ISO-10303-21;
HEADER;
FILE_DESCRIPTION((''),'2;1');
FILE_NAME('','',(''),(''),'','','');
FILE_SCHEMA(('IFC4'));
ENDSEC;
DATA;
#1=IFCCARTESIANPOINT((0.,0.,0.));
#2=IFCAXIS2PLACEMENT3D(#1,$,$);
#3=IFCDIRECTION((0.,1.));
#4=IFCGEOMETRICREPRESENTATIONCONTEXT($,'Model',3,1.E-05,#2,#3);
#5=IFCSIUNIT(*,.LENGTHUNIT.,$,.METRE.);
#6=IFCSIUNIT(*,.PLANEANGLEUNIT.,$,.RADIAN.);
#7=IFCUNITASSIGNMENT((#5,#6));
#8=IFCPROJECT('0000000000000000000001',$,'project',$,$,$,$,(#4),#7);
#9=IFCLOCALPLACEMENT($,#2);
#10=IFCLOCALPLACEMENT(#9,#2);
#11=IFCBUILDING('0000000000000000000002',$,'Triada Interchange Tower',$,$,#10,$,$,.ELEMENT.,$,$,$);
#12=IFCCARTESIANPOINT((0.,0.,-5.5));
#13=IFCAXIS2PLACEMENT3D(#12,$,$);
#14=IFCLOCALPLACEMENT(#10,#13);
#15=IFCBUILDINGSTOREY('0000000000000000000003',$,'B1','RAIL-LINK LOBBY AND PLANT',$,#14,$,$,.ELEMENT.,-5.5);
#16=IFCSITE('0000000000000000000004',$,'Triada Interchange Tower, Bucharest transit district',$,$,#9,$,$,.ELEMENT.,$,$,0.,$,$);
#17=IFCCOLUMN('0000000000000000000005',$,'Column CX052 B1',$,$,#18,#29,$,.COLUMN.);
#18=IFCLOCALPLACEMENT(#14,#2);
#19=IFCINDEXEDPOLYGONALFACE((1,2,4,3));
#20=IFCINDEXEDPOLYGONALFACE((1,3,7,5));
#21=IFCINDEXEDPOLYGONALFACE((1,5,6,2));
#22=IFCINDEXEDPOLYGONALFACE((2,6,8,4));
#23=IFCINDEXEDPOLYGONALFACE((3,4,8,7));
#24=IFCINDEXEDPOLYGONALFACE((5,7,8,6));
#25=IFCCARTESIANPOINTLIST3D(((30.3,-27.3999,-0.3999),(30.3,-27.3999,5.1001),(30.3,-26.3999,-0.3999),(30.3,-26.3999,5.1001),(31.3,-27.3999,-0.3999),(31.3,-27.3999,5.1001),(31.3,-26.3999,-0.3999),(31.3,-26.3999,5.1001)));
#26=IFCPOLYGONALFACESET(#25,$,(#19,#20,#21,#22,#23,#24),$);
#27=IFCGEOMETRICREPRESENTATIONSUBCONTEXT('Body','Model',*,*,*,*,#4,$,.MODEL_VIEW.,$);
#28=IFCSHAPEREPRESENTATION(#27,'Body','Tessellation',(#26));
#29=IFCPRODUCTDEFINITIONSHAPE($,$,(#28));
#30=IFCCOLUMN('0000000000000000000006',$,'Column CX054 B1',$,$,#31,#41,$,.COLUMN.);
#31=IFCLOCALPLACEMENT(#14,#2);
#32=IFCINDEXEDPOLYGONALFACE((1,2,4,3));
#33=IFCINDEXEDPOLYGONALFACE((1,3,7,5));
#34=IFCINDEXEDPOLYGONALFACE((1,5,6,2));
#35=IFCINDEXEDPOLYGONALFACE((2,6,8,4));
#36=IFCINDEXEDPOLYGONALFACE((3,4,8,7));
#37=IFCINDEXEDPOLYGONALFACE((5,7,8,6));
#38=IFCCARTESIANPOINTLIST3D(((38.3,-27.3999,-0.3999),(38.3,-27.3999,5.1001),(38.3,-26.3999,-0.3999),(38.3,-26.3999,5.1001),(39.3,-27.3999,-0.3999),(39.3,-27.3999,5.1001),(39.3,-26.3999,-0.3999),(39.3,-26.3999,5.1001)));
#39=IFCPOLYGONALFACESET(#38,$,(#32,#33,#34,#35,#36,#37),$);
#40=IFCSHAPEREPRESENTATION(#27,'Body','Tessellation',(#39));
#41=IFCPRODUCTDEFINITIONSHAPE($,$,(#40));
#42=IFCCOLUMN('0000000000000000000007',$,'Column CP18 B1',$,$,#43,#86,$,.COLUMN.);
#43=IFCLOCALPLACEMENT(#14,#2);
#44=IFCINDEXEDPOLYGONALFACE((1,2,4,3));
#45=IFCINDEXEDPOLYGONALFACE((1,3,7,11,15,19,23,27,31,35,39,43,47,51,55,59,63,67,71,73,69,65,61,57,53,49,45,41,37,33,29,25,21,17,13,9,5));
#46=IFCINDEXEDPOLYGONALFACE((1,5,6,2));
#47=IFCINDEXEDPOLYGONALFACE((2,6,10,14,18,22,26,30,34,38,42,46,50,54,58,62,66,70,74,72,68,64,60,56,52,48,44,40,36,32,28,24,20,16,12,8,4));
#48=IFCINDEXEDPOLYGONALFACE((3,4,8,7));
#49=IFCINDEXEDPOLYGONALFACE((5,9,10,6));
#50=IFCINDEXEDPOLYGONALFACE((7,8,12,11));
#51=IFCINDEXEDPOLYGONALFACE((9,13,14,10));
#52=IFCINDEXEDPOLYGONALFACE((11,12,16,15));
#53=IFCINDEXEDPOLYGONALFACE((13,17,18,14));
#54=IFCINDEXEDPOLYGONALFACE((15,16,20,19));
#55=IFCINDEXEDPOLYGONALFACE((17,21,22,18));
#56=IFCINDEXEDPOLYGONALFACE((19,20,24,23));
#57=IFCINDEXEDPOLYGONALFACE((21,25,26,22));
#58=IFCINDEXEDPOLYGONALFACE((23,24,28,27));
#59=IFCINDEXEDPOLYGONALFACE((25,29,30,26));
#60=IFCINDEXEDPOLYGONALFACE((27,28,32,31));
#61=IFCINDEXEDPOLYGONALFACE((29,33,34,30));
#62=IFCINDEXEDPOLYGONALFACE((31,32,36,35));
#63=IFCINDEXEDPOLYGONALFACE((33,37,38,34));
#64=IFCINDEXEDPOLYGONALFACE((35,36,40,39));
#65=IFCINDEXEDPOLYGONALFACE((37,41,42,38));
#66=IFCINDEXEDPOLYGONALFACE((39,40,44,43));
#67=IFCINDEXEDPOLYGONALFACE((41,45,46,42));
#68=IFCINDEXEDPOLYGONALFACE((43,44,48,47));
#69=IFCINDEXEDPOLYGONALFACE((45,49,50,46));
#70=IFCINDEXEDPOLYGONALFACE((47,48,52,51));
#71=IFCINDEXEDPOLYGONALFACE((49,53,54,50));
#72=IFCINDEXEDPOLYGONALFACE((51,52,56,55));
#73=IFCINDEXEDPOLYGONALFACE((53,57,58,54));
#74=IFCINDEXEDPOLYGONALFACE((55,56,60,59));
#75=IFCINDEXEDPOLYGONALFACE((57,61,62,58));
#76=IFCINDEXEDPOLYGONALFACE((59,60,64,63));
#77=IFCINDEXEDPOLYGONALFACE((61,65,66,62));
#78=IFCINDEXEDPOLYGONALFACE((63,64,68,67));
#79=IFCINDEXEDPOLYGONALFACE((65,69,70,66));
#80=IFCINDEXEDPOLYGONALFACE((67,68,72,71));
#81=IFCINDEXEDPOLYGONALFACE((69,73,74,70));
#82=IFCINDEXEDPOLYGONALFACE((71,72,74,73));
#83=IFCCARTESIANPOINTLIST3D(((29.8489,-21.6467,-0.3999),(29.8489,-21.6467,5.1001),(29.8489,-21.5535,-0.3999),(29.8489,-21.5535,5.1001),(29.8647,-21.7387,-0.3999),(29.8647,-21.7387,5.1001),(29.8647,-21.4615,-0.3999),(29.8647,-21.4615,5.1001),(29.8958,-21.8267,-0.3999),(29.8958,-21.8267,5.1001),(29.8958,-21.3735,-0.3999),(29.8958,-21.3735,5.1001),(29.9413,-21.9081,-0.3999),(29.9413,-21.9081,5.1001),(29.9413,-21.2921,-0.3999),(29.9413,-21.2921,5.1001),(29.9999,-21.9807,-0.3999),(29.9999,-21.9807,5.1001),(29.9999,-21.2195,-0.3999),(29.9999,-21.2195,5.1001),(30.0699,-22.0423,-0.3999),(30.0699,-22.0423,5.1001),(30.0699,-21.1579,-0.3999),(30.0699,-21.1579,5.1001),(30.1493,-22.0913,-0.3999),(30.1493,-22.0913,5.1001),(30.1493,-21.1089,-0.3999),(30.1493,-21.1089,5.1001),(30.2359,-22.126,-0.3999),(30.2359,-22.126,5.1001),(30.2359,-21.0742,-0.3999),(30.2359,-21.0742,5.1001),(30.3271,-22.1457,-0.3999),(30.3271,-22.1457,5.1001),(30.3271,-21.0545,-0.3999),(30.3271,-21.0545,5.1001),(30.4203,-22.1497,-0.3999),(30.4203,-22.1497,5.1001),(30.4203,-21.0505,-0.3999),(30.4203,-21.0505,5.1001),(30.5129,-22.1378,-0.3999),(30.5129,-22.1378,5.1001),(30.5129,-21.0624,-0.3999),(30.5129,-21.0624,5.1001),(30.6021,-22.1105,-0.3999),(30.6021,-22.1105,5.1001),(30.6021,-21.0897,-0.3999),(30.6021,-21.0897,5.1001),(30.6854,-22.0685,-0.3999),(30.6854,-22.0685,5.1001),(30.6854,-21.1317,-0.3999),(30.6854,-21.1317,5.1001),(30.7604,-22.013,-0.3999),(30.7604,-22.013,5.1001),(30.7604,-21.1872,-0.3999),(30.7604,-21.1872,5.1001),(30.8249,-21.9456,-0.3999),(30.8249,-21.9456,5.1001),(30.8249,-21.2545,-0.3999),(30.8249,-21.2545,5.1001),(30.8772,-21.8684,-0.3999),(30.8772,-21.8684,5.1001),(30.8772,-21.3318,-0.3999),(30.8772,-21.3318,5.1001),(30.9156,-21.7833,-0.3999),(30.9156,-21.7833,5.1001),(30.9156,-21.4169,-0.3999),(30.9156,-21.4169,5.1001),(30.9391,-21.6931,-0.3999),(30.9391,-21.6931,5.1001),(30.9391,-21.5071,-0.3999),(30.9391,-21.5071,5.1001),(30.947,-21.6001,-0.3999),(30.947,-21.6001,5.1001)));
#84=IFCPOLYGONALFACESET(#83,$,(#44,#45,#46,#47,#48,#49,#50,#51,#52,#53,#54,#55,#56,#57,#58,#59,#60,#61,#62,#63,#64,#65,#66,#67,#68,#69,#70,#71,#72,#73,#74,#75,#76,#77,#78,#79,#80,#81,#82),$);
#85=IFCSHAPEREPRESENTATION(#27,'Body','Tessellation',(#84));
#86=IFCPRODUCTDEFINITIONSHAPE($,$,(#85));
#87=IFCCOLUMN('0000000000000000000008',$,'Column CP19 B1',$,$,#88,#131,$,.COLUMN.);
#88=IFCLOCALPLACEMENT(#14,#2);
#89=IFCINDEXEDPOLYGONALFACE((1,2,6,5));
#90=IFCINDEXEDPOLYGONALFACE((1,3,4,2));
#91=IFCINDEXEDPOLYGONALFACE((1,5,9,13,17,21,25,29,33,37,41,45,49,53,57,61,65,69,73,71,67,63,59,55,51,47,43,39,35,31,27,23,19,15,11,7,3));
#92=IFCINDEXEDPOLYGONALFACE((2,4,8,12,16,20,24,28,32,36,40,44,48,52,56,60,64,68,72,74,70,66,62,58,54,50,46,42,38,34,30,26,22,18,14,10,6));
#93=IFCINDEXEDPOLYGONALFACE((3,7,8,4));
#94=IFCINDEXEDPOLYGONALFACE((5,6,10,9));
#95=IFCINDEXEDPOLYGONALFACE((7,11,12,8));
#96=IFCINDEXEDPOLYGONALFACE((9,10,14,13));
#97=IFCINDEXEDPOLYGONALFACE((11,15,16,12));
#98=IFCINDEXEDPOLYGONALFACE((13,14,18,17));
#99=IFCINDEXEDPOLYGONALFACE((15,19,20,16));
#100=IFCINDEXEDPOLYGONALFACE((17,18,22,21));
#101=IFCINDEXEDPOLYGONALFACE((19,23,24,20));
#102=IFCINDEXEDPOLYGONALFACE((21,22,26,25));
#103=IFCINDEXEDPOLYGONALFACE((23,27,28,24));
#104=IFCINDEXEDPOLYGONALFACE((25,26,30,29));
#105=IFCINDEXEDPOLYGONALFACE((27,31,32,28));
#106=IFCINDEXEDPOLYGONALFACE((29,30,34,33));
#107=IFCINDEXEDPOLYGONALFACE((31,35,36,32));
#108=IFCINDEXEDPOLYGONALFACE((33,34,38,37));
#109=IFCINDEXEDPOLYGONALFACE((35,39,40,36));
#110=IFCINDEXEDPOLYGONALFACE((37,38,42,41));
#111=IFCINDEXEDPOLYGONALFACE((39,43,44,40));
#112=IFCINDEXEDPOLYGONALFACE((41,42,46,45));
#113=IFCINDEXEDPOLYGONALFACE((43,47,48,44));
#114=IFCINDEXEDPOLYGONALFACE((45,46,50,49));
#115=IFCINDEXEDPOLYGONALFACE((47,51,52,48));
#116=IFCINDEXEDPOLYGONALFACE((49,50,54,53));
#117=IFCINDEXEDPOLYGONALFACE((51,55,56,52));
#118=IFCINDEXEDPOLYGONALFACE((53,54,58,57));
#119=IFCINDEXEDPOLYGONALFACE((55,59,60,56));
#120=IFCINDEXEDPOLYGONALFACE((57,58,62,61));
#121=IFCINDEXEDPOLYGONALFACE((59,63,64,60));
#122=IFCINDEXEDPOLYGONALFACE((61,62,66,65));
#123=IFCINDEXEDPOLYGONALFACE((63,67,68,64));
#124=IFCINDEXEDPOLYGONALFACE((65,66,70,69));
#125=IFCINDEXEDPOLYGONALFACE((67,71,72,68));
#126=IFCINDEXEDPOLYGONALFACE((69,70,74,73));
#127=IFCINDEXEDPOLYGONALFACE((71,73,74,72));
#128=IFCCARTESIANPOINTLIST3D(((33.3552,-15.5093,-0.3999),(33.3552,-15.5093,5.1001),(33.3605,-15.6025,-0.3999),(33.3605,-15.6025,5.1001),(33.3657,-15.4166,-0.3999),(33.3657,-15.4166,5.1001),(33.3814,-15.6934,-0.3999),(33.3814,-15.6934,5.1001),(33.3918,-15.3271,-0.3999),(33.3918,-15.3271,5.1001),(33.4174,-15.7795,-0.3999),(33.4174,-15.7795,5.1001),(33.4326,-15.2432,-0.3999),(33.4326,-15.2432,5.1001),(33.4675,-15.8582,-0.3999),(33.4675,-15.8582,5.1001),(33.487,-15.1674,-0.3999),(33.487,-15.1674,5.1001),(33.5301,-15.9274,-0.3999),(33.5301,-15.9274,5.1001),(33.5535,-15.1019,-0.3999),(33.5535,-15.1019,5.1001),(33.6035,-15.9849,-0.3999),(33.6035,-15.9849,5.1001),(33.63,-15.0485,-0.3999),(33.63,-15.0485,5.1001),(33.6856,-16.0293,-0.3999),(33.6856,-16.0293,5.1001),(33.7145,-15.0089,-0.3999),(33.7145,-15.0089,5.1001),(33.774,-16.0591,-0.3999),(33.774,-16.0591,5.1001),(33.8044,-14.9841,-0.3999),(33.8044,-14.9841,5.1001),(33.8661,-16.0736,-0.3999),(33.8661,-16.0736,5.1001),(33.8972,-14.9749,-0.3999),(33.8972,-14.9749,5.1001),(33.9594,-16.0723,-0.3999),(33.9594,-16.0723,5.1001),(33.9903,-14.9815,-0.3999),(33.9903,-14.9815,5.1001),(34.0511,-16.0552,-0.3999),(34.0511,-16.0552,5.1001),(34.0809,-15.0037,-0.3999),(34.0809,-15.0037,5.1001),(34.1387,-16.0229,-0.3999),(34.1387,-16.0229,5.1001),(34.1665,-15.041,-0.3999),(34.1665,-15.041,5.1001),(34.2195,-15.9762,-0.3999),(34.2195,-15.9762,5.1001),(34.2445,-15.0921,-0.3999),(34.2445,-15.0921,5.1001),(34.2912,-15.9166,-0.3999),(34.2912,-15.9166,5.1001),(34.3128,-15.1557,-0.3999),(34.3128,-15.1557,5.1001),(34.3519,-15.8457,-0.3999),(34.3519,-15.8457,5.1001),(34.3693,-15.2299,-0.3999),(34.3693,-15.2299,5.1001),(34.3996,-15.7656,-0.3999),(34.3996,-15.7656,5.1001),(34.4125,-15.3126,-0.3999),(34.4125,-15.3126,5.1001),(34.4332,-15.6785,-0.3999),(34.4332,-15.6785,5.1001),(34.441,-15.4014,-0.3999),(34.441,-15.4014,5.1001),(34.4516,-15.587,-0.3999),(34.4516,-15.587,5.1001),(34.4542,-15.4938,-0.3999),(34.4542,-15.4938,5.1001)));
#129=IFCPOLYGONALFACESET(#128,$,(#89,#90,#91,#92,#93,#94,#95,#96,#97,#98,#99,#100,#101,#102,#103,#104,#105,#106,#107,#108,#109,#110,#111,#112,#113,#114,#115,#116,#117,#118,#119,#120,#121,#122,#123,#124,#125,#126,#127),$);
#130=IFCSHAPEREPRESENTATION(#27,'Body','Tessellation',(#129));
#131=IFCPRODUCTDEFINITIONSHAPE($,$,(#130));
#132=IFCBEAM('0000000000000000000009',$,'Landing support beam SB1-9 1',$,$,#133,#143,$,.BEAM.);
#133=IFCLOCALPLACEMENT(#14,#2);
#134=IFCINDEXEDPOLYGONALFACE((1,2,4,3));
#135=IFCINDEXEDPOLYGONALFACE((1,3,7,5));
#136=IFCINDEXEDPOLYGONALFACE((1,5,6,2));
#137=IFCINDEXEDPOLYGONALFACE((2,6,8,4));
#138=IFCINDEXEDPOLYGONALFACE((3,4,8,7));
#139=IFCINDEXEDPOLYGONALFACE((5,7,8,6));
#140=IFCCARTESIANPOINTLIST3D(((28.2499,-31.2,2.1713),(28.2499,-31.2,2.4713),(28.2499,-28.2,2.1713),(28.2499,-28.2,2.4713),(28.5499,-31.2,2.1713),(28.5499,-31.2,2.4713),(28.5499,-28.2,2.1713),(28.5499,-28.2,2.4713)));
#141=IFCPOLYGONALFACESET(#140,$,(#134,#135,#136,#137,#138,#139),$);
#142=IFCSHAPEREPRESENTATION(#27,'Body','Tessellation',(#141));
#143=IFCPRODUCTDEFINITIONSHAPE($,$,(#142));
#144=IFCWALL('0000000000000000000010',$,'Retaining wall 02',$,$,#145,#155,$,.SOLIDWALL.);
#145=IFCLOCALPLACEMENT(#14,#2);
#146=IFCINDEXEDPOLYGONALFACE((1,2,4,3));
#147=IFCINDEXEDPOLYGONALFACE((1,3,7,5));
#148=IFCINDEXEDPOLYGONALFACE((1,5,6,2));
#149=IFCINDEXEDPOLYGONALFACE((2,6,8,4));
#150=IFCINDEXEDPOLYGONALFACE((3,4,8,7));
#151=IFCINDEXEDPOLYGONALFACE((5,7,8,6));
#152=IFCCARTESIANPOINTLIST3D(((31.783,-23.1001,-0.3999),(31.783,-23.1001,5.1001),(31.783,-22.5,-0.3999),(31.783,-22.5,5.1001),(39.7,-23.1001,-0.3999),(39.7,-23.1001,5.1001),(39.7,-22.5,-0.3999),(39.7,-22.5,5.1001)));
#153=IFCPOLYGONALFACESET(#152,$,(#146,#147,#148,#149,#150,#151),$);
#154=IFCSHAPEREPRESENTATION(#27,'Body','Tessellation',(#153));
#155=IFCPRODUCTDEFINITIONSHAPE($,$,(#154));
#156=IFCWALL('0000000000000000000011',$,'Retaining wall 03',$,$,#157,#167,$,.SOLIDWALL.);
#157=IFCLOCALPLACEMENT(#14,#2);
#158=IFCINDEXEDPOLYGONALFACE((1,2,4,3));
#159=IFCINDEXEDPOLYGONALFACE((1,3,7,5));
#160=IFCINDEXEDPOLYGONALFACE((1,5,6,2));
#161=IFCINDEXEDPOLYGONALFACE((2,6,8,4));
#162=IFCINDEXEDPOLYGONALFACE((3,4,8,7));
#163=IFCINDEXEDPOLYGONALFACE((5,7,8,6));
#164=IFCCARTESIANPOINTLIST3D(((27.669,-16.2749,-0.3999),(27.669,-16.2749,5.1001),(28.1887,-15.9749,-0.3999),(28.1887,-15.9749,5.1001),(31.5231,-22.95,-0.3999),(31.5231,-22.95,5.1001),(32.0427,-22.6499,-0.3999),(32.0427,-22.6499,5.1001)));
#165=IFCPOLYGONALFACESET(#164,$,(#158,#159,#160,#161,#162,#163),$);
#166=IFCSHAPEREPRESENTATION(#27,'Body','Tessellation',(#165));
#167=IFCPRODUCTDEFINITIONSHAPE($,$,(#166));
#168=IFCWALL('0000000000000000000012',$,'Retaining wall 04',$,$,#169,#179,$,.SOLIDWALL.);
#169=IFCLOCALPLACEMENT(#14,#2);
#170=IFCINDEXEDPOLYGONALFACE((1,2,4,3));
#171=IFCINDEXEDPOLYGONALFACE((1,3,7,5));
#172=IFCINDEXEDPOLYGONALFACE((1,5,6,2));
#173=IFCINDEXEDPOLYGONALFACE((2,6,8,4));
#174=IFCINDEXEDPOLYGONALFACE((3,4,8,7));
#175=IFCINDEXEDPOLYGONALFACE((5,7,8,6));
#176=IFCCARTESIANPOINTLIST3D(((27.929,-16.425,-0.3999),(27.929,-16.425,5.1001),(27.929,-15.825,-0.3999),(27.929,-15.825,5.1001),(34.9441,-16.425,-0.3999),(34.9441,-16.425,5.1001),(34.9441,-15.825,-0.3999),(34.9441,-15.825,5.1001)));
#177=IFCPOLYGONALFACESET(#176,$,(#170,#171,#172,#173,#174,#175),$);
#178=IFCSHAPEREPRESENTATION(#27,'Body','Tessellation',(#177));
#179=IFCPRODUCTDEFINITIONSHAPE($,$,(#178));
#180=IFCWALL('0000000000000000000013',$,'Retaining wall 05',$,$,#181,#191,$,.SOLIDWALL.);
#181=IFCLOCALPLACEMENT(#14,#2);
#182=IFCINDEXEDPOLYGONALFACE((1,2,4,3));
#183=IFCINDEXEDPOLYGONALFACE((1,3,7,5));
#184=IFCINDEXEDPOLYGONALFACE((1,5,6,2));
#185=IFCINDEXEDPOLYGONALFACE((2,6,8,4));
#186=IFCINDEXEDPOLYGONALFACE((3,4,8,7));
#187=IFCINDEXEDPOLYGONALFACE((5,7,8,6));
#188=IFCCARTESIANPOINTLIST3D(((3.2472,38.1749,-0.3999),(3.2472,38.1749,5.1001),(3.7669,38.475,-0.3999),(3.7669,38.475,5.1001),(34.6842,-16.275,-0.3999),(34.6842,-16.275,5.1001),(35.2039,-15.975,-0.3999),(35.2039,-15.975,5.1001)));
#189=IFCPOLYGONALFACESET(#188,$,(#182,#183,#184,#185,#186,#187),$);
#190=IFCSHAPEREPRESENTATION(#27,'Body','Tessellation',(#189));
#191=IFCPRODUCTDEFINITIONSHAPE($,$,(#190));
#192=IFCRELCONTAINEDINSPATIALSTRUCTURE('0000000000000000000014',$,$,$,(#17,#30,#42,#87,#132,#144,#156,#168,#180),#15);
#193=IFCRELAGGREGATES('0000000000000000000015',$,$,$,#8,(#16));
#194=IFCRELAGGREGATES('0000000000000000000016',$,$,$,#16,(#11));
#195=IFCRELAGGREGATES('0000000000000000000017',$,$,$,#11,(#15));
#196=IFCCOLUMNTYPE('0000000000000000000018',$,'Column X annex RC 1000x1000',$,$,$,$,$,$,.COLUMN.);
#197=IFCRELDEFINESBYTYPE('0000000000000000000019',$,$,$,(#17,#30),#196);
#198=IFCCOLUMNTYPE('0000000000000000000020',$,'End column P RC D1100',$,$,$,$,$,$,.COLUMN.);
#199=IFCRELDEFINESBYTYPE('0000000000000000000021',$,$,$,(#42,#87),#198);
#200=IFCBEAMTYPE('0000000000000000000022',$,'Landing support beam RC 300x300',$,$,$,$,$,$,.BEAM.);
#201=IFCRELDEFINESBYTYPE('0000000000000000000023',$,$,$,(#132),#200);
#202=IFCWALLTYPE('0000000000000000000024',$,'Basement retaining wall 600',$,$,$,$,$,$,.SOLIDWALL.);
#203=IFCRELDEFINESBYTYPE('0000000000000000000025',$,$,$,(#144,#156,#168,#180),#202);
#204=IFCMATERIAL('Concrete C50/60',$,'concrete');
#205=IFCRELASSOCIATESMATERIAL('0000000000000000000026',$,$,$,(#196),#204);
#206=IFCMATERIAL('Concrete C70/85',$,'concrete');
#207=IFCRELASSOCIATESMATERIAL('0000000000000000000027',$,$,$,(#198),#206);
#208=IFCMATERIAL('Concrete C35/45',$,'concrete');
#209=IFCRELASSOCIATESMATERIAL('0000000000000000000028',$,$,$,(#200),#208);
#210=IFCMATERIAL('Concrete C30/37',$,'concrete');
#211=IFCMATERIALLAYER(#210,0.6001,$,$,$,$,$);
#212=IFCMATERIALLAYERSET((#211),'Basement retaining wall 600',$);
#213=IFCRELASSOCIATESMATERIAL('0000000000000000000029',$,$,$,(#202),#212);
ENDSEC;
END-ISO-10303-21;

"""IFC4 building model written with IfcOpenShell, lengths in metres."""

from ifc_helpers import new_model, si_unit, direction, frame, frame_2d, origin, origin_2d, place, context, subcontext, project, spatial, rectangle, circle, extrude, material, layer, layer_set, material_profile, profile_set, type_object, element, save


model = new_model("IFC4")

# Units and contexts
model_context = context("Model", 3, precision=1e-05, world=origin(), true_north=direction((0.0, 1.0)))
body_context = subcontext(model_context, "Body", "Model", "MODEL_VIEW")
ifc_project = project(units=[si_unit("LENGTHUNIT", "METRE"), si_unit("PLANEANGLEUNIT", "RADIAN")], contexts=[model_context])

# Site, building, storey
site_placement = place(None, origin())
site = spatial("IfcSite", under=ifc_project, at=site_placement, Name="Triada Interchange Tower, Bucharest transit district", CompositionType="ELEMENT", RefElevation=0.0)
building_placement = place(site_placement, origin())
building = spatial("IfcBuilding", under=site, at=building_placement, Name="Triada Interchange Tower", CompositionType="ELEMENT")
storey_placement = place(building_placement, frame((0.0, 0.0, -5.5)))
storey = spatial("IfcBuildingStorey", under=building, at=storey_placement, Name="B1", Description="RAIL-LINK LOBBY AND PLANT", CompositionType="ELEMENT", Elevation=-5.5)

# Shared definitions
ifc_material_1 = material(Name="Concrete C30/37", Category="concrete")

# Shared definitions
ifc_material_2 = material(Name="Concrete C35/45", Category="concrete")

# Columns
ifc_material_3 = material(Name="Concrete C50/60", Category="concrete")
ifc_material_profile_1 = material_profile(ifc_material_3, rectangle(XDim=1.0, YDim=1.0, at=origin_2d()), Name="RC 1000x1000")
ifc_profile_set_1 = profile_set([ifc_material_profile_1], Name="Concrete C50/60")
column_type_1 = type_object("IfcColumnType", Name="Column X annex RC 1000x1000", PredefinedType="COLUMN", material=ifc_profile_set_1)
for number, where, z_axis, x_axis, name in (
    (1, (30.8, -26.8999, -0.3999), (0.0, 0.0, 1.0), (1.0, 0.0, 0.0), "Column CX052 B1"),
    (2, (38.8, -26.8999, -0.3999), (0.0, 0.0, 1.0), (1.0, 0.0, 0.0), "Column CX054 B1"),
):
    element("IfcColumn", number, at=place(storey_placement, frame(where, z_axis=z_axis, x_axis=x_axis)), inside=storey, type_object=column_type_1, Name=name, PredefinedType="COLUMN", context=body_context, shape_type="SweptSolid", body=[
        extrude(rectangle(XDim=1.0, YDim=1.0, at=origin_2d()), origin(), (0.0, 0.0, 1.0), 5.5),
    ])
ifc_material_4 = material(Name="Concrete C70/85", Category="concrete")
ifc_material_profile_2 = material_profile(ifc_material_4, circle(Radius=0.55, at=origin_2d()), Name="RC D1100")
ifc_profile_set_2 = profile_set([ifc_material_profile_2], Name="Concrete C70/85")
column_type_2 = type_object("IfcColumnType", Name="End column P RC D1100", PredefinedType="COLUMN", material=ifc_profile_set_2)
for number, where, z_axis, x_axis, name in (
    (3, (30.397, -21.6001, -0.3999), (0.0, 0.0, 1.0), (1.0, 0.0, 0.0), "Column CP18 B1"),
    (4, (33.905, -15.5249, -0.3999), (0.0, 0.0, 1.0), (-0.5, 0.866025, 0.0), "Column CP19 B1"),
):
    element("IfcColumn", number, at=place(storey_placement, frame(where, z_axis=z_axis, x_axis=x_axis)), inside=storey, type_object=column_type_2, Name=name, PredefinedType="COLUMN", context=body_context, shape_type="SweptSolid", body=[
        extrude(circle(Radius=0.55, at=origin_2d()), origin(), (0.0, 0.0, 1.0), 5.5),
    ])

# Beam
ifc_material_profile_3 = material_profile(ifc_material_2, rectangle(XDim=0.3, YDim=0.3, at=origin_2d()), Name="RC 300x300")
ifc_profile_set_3 = profile_set([ifc_material_profile_3], Name="Concrete C35/45")
beam_type = type_object("IfcBeamType", Name="Landing support beam RC 300x300", PredefinedType="BEAM", material=ifc_profile_set_3)
beam_placement = place(storey_placement, frame((28.3999, -28.2, 2.3213), z_axis=(0.0, -1.0, 0.0), x_axis=(1.0, 0.0, 0.0)))
element("IfcBeam", 5, at=beam_placement, inside=storey, type_object=beam_type, Name="Landing support beam SB1-9 1", PredefinedType="BEAM", context=body_context, shape_type="SweptSolid", body=[
    extrude(rectangle(XDim=0.3, YDim=0.3, at=origin_2d()), origin(), (0.0, 0.0, 1.0), 3.0),
])

# Walls
ifc_layer_1 = layer(ifc_material_1, 0.6001)
ifc_layer_set_1 = layer_set([ifc_layer_1], Name="Basement retaining wall 600")
wall_type_1 = type_object("IfcWallType", Name="Basement retaining wall 600", PredefinedType="SOLIDWALL", material=ifc_layer_set_1)
wall_1_placement = place(storey_placement, frame((39.7, -22.8, -0.3999), z_axis=(0.0, 0.0, 1.0), x_axis=(-1.0, 0.0, 0.0)))
element("IfcWall", 6, at=wall_1_placement, inside=storey, type_object=wall_type_1, Name="Retaining wall 02", PredefinedType="SOLIDWALL", context=body_context, shape_type="SweptSolid", body=[
    extrude(rectangle(XDim=7.917, YDim=0.6001, at=frame_2d((3.9585, 0.0))), origin(), (0.0, 0.0, 1.0), 5.5),
])
wall_2_placement = place(storey_placement, frame((31.783, -22.8, -0.3999), z_axis=(0.0, 0.0, 1.0), x_axis=(-0.500016, 0.866016, 0.0)))
element("IfcWall", 7, at=wall_2_placement, inside=storey, type_object=wall_type_1, Name="Retaining wall 03", PredefinedType="SOLIDWALL", context=body_context, shape_type="SweptSolid", body=[
    extrude(rectangle(XDim=7.7078, YDim=0.6001, at=frame_2d((3.854, 0.0))), origin(), (0.0, 0.0, 1.0), 5.5),
])
wall_3_placement = place(storey_placement, frame((27.929, -16.125, -0.3999), z_axis=(0.0, 0.0, 1.0), x_axis=(1.0, 0.0, 0.0)))
element("IfcWall", 8, at=wall_3_placement, inside=storey, type_object=wall_type_1, Name="Retaining wall 04", PredefinedType="SOLIDWALL", context=body_context, shape_type="SweptSolid", body=[
    extrude(rectangle(XDim=7.0151, YDim=0.6001, at=frame_2d((3.5076, 0.0))), origin(), (0.0, 0.0, 1.0), 5.5),
])
wall_4_placement = place(storey_placement, frame((34.9441, -16.125, -0.3999), z_axis=(0.0, 0.0, 1.0), x_axis=(-0.500004, 0.866023, 0.0)))
element("IfcWall", 9, at=wall_4_placement, inside=storey, type_object=wall_type_1, Name="Retaining wall 05", PredefinedType="SOLIDWALL", context=body_context, shape_type="SweptSolid", body=[
    extrude(rectangle(XDim=62.8735, YDim=0.6001, at=frame_2d((31.4368, 0.0))), origin(), (0.0, 0.0, 1.0), 5.5),
])

save(model, "model.ifc")
